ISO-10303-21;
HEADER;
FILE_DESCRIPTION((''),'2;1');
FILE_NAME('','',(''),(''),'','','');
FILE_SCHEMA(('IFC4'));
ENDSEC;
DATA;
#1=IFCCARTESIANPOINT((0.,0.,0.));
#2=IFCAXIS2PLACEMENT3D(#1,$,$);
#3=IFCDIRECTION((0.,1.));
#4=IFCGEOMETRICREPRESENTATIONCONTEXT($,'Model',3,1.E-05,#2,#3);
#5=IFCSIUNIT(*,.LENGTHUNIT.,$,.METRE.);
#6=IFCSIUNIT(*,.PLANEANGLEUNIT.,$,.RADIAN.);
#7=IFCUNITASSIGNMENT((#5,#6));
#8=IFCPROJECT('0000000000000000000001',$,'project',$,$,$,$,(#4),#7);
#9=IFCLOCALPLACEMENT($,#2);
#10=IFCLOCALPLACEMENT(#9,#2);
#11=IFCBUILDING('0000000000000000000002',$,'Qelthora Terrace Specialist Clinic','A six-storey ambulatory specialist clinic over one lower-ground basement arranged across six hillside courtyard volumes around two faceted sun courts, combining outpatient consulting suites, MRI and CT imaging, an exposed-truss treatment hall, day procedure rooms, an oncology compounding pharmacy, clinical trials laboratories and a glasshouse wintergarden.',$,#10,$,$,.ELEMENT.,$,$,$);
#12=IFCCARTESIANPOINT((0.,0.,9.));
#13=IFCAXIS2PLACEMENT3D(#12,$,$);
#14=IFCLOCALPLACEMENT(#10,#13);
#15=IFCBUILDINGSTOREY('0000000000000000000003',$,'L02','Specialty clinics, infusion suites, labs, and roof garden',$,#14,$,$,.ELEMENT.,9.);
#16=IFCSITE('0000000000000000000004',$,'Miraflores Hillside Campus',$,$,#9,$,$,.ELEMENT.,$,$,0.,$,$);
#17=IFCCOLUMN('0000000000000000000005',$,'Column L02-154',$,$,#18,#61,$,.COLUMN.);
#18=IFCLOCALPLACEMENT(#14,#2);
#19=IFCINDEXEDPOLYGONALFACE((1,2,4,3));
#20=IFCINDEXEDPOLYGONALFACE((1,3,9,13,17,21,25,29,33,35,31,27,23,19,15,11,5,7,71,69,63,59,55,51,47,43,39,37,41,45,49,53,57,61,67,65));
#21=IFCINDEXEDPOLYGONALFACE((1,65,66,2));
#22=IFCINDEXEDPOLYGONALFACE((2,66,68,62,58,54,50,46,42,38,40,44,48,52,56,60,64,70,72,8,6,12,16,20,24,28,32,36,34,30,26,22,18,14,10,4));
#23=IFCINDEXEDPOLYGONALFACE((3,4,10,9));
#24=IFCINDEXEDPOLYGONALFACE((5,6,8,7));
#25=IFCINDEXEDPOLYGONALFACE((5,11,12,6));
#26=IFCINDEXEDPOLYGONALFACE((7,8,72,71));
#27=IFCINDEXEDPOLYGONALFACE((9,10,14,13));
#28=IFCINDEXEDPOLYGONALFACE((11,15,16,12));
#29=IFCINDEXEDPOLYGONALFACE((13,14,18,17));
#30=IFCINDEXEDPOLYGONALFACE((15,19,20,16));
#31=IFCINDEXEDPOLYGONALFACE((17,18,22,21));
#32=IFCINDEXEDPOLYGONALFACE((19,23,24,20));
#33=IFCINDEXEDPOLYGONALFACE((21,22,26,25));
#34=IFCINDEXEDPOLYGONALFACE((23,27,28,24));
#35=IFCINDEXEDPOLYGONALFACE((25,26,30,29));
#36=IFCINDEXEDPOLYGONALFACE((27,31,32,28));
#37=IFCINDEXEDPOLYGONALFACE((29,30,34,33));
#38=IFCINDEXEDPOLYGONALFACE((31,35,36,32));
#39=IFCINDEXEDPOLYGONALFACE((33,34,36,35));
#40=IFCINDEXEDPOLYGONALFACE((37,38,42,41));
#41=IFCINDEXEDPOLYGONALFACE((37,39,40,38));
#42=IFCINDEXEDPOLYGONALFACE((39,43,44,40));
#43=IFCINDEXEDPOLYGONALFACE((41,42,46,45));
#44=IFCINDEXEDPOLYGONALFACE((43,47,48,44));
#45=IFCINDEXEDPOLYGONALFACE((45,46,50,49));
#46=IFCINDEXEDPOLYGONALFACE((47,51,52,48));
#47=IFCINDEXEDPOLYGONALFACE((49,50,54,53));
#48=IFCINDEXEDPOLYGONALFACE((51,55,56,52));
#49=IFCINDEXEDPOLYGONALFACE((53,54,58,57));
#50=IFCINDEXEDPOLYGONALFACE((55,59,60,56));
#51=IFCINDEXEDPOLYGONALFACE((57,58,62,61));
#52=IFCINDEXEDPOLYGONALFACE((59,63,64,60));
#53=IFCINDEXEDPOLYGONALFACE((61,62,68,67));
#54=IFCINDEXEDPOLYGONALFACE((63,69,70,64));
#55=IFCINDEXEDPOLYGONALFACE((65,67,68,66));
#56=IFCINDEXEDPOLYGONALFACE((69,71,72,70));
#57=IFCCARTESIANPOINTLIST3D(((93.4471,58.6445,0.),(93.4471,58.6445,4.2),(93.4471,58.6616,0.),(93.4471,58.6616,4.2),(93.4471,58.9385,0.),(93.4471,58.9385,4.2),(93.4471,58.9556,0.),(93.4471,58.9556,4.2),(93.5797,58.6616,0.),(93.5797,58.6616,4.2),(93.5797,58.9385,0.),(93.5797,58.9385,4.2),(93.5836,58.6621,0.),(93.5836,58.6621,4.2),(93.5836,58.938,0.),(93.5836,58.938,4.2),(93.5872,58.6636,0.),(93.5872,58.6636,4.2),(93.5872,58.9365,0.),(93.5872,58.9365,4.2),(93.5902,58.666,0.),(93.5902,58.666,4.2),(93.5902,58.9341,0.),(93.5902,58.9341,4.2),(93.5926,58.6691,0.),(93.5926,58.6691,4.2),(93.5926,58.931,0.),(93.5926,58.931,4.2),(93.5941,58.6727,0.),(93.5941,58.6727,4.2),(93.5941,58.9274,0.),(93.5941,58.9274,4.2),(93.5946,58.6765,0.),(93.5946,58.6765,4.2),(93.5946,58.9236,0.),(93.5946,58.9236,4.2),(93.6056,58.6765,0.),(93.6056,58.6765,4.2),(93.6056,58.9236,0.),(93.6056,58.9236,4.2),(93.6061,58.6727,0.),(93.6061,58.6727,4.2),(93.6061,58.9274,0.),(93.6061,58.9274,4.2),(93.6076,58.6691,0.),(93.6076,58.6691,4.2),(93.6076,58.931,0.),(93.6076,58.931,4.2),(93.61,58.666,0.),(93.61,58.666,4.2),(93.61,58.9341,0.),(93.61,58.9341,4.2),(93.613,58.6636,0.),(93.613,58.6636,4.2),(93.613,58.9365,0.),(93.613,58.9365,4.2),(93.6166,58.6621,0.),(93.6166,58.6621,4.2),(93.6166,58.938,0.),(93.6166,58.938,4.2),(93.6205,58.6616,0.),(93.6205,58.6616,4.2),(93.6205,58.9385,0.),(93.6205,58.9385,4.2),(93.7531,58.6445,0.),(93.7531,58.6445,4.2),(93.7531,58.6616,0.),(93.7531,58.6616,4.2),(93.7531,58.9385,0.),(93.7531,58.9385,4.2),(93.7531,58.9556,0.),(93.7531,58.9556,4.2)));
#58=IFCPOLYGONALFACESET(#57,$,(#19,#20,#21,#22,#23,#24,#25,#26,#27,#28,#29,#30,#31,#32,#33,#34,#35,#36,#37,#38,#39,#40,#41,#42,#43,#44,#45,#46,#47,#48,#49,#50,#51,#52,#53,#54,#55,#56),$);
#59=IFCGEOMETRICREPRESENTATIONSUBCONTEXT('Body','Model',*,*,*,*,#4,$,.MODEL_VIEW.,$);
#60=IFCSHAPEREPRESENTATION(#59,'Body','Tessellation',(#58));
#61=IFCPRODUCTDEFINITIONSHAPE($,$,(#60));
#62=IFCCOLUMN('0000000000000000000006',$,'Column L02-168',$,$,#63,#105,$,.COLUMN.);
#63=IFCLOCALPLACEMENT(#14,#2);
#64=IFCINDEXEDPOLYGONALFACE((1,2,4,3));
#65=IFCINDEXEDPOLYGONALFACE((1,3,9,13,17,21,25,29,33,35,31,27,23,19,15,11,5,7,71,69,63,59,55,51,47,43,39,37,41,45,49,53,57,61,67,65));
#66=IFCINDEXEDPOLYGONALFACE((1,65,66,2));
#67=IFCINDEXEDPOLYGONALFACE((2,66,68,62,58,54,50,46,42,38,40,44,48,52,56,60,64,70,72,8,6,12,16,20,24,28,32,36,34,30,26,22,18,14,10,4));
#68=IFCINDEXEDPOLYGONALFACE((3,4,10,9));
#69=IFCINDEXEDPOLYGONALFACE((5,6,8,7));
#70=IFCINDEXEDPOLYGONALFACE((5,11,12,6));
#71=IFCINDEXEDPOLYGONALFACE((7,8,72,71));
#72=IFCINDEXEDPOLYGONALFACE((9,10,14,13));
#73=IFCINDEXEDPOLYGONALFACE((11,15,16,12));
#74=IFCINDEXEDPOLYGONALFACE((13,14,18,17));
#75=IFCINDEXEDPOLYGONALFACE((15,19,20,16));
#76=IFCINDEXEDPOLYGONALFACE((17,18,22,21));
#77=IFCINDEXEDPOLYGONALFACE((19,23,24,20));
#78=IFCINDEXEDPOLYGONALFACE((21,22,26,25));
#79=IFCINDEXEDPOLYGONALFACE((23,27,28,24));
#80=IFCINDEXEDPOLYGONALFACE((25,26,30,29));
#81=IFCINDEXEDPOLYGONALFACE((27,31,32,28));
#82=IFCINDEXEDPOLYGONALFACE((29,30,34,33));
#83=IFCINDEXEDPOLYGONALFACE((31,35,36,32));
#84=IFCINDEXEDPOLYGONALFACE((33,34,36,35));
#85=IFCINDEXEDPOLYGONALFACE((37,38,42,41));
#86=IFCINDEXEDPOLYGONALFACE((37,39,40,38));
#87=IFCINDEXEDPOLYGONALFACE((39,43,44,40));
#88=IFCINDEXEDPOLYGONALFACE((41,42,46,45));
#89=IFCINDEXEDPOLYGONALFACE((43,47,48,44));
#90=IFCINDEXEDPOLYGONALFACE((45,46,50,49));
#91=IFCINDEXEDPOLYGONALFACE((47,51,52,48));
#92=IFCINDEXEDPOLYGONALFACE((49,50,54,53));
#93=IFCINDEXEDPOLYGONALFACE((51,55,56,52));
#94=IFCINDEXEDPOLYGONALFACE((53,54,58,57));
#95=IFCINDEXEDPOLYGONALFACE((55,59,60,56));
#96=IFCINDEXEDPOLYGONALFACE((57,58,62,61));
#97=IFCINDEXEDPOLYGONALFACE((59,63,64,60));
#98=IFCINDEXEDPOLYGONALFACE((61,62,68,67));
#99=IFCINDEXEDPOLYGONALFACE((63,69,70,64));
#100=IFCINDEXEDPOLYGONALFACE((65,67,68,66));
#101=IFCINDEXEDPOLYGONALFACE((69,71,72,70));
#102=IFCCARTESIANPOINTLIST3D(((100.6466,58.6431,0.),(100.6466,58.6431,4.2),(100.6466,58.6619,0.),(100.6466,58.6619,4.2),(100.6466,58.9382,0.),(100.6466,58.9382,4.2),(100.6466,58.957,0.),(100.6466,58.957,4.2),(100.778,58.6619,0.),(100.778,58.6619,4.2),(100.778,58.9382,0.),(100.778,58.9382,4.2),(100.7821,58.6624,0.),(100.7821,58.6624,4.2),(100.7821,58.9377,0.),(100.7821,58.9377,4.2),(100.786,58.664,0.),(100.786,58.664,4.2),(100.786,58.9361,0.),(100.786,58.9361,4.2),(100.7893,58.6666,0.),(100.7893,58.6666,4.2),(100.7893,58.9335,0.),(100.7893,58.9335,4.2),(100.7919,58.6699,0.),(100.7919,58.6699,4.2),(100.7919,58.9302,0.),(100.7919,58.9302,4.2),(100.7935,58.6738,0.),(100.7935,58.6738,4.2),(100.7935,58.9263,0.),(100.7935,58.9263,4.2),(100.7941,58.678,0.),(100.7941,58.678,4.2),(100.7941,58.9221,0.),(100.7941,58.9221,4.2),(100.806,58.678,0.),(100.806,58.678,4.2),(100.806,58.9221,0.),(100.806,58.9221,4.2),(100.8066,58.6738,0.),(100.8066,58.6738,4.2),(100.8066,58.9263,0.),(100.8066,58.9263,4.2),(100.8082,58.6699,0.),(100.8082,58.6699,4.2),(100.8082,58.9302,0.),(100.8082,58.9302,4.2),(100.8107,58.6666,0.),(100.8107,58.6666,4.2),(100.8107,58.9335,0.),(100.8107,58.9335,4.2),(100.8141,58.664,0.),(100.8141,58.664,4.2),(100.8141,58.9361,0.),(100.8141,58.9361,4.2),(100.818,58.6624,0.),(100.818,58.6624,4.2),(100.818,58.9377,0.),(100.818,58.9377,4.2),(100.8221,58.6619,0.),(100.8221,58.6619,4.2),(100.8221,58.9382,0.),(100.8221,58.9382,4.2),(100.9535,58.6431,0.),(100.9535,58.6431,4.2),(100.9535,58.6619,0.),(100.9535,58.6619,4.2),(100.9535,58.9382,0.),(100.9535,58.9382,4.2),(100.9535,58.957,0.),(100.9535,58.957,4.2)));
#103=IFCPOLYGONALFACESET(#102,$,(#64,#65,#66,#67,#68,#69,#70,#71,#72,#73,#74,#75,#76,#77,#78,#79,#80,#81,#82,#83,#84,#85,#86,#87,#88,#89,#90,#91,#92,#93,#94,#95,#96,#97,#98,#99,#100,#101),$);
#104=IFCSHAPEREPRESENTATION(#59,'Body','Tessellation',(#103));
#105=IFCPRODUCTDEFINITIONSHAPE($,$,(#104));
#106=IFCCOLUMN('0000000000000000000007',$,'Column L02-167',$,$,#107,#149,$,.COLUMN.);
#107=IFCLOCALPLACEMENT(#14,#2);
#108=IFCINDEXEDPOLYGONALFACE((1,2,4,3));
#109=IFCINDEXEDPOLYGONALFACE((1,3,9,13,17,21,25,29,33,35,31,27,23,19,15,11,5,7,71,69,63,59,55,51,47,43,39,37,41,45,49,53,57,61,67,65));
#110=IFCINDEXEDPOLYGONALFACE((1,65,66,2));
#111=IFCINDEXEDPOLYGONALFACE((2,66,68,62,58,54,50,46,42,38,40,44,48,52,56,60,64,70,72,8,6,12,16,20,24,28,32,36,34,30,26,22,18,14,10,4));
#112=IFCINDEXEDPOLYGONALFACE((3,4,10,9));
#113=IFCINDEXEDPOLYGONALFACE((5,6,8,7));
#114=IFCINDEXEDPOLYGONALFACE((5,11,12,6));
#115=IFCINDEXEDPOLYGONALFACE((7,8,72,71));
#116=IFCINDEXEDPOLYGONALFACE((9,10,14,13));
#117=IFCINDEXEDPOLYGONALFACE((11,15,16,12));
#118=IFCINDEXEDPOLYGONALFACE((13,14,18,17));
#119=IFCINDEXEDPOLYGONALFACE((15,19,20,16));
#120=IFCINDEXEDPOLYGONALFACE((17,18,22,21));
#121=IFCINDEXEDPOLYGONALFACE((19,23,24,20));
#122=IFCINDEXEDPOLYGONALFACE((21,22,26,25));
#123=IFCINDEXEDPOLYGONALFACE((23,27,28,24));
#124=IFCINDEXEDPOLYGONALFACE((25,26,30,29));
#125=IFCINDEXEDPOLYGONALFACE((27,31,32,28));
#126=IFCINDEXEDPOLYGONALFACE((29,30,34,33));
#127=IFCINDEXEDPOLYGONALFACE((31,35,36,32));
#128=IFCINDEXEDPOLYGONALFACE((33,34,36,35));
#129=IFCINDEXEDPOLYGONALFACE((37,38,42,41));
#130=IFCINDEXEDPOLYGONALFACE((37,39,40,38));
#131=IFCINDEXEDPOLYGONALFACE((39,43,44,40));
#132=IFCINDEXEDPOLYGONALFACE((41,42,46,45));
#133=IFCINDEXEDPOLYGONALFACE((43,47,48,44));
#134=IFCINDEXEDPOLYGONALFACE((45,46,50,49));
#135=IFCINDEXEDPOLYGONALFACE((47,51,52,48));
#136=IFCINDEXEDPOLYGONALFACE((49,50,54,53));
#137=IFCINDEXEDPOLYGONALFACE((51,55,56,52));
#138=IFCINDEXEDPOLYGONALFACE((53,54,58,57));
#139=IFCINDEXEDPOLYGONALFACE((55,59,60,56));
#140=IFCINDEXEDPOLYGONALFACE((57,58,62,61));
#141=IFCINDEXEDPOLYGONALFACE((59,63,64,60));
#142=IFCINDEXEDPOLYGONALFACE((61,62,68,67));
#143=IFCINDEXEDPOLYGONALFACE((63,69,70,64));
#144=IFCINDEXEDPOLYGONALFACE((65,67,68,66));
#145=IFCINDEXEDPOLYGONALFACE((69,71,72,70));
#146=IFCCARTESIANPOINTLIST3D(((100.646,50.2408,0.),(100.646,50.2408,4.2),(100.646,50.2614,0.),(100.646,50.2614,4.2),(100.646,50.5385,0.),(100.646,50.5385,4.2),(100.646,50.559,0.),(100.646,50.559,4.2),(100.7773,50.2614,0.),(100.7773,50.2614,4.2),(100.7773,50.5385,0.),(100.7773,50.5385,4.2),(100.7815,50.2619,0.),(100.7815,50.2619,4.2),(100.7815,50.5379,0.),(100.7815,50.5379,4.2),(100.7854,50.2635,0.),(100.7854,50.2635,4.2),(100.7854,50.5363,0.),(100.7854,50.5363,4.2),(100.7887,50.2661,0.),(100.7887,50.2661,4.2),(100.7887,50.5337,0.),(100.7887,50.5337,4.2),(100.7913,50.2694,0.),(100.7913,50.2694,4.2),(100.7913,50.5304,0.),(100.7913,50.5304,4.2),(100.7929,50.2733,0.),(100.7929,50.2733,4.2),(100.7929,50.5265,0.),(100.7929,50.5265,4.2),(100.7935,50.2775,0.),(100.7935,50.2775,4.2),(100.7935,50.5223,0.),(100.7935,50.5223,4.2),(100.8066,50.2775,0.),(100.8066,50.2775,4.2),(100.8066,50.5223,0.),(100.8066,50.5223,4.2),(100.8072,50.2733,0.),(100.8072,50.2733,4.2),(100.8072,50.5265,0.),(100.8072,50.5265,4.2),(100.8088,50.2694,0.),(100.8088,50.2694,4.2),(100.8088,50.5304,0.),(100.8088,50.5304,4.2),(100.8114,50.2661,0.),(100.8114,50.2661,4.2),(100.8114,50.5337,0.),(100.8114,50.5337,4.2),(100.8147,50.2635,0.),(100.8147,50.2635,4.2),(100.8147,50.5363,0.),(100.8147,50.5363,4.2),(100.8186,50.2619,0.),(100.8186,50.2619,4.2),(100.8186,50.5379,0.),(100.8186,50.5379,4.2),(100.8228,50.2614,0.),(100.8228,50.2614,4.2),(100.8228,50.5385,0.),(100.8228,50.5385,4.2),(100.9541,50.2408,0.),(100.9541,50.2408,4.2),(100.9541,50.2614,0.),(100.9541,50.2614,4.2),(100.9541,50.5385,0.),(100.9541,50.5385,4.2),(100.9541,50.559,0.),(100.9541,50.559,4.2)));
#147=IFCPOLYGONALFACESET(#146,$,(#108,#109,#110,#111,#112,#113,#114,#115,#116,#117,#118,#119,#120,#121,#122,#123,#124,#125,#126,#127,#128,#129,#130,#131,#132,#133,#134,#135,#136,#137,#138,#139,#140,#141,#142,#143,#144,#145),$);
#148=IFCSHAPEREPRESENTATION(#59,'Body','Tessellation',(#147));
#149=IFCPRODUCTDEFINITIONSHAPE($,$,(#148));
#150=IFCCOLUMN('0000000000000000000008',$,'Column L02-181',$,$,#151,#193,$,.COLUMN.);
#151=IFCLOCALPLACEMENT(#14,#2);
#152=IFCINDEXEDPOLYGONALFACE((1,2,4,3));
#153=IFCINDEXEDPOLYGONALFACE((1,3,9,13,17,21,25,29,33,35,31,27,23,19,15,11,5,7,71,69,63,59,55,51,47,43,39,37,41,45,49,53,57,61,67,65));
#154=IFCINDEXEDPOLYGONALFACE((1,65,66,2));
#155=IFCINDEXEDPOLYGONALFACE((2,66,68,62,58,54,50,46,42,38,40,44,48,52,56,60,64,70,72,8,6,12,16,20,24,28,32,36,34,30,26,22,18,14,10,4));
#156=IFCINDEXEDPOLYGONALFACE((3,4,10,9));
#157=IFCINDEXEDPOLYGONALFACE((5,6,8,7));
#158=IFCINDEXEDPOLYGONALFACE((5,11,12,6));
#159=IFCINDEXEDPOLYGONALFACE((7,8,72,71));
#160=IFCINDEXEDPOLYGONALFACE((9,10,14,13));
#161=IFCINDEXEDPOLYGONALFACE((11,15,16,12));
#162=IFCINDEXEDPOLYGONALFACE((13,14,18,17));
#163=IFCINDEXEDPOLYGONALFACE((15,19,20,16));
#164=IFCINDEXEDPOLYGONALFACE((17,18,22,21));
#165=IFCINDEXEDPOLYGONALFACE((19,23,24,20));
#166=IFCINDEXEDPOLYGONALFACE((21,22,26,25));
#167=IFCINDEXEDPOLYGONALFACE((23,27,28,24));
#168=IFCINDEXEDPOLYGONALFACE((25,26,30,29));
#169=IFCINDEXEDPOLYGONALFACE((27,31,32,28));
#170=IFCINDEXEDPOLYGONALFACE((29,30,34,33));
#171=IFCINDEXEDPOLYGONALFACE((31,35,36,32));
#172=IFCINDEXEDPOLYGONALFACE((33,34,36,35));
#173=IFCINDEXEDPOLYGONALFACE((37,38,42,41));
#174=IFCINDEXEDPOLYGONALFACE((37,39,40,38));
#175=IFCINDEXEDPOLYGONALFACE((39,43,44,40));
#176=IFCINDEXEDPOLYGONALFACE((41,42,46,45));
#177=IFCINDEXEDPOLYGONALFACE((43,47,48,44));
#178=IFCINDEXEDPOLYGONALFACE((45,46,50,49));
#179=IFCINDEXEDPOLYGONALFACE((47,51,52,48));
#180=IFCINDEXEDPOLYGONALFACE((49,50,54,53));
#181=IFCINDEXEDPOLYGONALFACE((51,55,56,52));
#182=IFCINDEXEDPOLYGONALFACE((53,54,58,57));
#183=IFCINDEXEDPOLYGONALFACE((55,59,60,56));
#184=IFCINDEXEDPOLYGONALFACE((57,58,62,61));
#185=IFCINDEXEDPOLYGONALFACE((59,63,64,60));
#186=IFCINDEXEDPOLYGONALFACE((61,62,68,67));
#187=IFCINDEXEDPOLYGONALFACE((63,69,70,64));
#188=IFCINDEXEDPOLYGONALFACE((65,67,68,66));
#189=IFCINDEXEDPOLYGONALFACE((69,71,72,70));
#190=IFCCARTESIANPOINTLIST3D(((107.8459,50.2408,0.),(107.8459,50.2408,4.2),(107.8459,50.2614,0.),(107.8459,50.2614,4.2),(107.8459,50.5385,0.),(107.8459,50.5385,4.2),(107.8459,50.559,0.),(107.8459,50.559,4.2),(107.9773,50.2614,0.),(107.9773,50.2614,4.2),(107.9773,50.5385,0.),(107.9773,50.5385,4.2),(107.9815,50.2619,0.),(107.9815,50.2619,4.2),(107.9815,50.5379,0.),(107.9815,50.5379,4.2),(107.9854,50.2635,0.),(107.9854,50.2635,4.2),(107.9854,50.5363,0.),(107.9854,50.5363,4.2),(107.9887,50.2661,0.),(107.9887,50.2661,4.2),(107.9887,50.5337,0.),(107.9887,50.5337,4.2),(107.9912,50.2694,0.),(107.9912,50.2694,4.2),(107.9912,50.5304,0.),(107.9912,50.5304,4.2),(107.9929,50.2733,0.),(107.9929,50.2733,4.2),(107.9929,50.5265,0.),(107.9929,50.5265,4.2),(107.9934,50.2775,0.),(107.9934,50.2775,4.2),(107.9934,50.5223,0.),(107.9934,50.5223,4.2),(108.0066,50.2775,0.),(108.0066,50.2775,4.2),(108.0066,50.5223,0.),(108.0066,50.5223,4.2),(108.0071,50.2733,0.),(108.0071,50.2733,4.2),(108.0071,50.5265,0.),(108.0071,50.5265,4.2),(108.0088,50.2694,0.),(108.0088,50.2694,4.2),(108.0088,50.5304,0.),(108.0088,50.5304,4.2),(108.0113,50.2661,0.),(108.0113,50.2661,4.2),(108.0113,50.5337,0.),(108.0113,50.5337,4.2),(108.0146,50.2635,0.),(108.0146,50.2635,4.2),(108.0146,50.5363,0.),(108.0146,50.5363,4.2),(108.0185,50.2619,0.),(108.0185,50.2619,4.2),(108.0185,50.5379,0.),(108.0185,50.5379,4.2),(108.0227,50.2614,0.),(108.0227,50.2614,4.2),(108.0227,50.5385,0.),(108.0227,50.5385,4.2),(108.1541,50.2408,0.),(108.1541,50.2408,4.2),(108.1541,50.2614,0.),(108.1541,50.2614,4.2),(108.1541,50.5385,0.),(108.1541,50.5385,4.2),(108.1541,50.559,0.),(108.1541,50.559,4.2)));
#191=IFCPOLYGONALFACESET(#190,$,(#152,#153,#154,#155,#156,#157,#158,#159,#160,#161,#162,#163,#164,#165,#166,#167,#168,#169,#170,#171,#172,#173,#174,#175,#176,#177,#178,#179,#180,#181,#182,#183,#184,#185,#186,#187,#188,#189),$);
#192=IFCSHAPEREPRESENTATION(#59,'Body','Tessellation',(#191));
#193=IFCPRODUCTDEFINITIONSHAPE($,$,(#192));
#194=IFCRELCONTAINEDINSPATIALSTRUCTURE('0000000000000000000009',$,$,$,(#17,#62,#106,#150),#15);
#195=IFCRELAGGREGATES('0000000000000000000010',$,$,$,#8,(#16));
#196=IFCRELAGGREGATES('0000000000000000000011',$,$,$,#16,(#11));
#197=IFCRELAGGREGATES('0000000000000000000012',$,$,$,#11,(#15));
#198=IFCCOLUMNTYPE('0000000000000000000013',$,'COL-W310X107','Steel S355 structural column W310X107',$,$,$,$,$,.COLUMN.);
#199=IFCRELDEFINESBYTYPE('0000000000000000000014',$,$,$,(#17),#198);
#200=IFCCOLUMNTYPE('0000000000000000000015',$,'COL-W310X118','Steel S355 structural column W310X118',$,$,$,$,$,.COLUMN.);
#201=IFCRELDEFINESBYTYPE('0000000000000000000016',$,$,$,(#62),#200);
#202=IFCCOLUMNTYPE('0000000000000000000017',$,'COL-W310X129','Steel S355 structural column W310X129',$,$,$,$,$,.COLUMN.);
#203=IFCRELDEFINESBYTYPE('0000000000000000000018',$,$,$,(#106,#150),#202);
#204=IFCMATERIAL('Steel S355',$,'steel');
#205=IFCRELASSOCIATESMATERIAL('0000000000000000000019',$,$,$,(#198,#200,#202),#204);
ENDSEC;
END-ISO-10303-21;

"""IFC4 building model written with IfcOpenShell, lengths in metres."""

from ifc_helpers import new_model, si_unit, direction, frame, origin, origin_2d, place, context, subcontext, project, spatial, i_section, extrude, material, material_profile, profile_set, type_object, element, save


model = new_model("IFC4")

# Units and contexts
model_context = context("Model", 3, precision=1e-05, world=origin(), true_north=direction((0.0, 1.0)))
body_context = subcontext(model_context, "Body", "Model", "MODEL_VIEW")
ifc_project = project(units=[si_unit("LENGTHUNIT", "METRE"), si_unit("PLANEANGLEUNIT", "RADIAN")], contexts=[model_context])

# Site, building, storey
site_placement = place(None, origin())
site = spatial("IfcSite", under=ifc_project, at=site_placement, Name="Miraflores Hillside Campus", CompositionType="ELEMENT", RefElevation=0.0)
building_placement = place(site_placement, origin())
building = spatial("IfcBuilding", under=site, at=building_placement, Name="Qelthora Terrace Specialist Clinic", Description="A six-storey ambulatory specialist clinic over one lower-ground basement arranged across six hillside courtyard volumes around two faceted sun courts, combining outpatient consulting suites, MRI and CT imaging, an exposed-truss treatment hall, day procedure rooms, an oncology compounding pharmacy, clinical trials laboratories and a glasshouse wintergarden.", CompositionType="ELEMENT")
storey_placement = place(building_placement, frame((0.0, 0.0, 9.0)))
storey = spatial("IfcBuildingStorey", under=building, at=storey_placement, Name="L02", Description="Specialty clinics, infusion suites, labs, and roof garden", CompositionType="ELEMENT", Elevation=9.0)

# Columns
ifc_material_1 = material(Name="Steel S355", Category="steel")
ifc_material_profile_1 = material_profile(ifc_material_1, i_section(OverallWidth=0.3059, OverallDepth=0.311, WebThickness=0.011, FlangeThickness=0.0171, FilletRadius=0.0149, at=origin_2d()), Name="W310X107")
ifc_profile_set_1 = profile_set([ifc_material_profile_1], Name="Steel S355")
column_type_1 = type_object("IfcColumnType", Name="COL-W310X107", Description="Steel S355 structural column W310X107", PredefinedType="COLUMN", material=ifc_profile_set_1)
column_1_placement = place(storey_placement, frame((93.6001, 58.8, 0.0), z_axis=(0.0, 0.0, 1.0), x_axis=(1.0, 0.0, 0.0)))
element("IfcColumn", 1, at=column_1_placement, inside=storey, type_object=column_type_1, Name="Column L02-154", PredefinedType="COLUMN", context=body_context, shape_type="SweptSolid", body=[
    extrude(i_section(OverallWidth=0.3059, OverallDepth=0.311, WebThickness=0.011, FlangeThickness=0.0171, FilletRadius=0.0149, at=origin_2d()), origin(), (0.0, 0.0, 1.0), 4.2),
])
ifc_material_profile_2 = material_profile(ifc_material_1, i_section(OverallWidth=0.3069, OverallDepth=0.314, WebThickness=0.012, FlangeThickness=0.0188, FilletRadius=0.0161, at=origin_2d()), Name="W310X118")
ifc_profile_set_2 = profile_set([ifc_material_profile_2], Name="Steel S355")
column_type_2 = type_object("IfcColumnType", Name="COL-W310X118", Description="Steel S355 structural column W310X118", PredefinedType="COLUMN", material=ifc_profile_set_2)
column_2_placement = place(storey_placement, frame((100.8, 58.8, 0.0), z_axis=(0.0, 0.0, 1.0), x_axis=(1.0, 0.0, 0.0)))
element("IfcColumn", 2, at=column_2_placement, inside=storey, type_object=column_type_2, Name="Column L02-168", PredefinedType="COLUMN", context=body_context, shape_type="SweptSolid", body=[
    extrude(i_section(OverallWidth=0.3069, OverallDepth=0.314, WebThickness=0.012, FlangeThickness=0.0188, FilletRadius=0.0161, at=origin_2d()), origin(), (0.0, 0.0, 1.0), 4.2),
])
ifc_material_profile_3 = material_profile(ifc_material_1, i_section(OverallWidth=0.3081, OverallDepth=0.3181, WebThickness=0.0132, FlangeThickness=0.0205, FilletRadius=0.0161, at=origin_2d()), Name="W310X129")
ifc_profile_set_3 = profile_set([ifc_material_profile_3], Name="Steel S355")
column_type_3 = type_object("IfcColumnType", Name="COL-W310X129", Description="Steel S355 structural column W310X129", PredefinedType="COLUMN", material=ifc_profile_set_3)
for number, where, z_axis, x_axis, name in (
    (3, (100.8, 50.3999, 0.0), (0.0, 0.0, 1.0), (1.0, 0.0, 0.0), "Column L02-167"),
    (4, (108.0, 50.3999, 0.0), (0.0, 0.0, 1.0), (1.0, 0.0, 0.0), "Column L02-181"),
):
    element("IfcColumn", number, at=place(storey_placement, frame(where, z_axis=z_axis, x_axis=x_axis)), inside=storey, type_object=column_type_3, Name=name, PredefinedType="COLUMN", context=body_context, shape_type="SweptSolid", body=[
        extrude(i_section(OverallWidth=0.3081, OverallDepth=0.3181, WebThickness=0.0132, FlangeThickness=0.0205, FilletRadius=0.0161, at=origin_2d()), origin(), (0.0, 0.0, 1.0), 4.2),
    ])

save(model, "model.ifc")
